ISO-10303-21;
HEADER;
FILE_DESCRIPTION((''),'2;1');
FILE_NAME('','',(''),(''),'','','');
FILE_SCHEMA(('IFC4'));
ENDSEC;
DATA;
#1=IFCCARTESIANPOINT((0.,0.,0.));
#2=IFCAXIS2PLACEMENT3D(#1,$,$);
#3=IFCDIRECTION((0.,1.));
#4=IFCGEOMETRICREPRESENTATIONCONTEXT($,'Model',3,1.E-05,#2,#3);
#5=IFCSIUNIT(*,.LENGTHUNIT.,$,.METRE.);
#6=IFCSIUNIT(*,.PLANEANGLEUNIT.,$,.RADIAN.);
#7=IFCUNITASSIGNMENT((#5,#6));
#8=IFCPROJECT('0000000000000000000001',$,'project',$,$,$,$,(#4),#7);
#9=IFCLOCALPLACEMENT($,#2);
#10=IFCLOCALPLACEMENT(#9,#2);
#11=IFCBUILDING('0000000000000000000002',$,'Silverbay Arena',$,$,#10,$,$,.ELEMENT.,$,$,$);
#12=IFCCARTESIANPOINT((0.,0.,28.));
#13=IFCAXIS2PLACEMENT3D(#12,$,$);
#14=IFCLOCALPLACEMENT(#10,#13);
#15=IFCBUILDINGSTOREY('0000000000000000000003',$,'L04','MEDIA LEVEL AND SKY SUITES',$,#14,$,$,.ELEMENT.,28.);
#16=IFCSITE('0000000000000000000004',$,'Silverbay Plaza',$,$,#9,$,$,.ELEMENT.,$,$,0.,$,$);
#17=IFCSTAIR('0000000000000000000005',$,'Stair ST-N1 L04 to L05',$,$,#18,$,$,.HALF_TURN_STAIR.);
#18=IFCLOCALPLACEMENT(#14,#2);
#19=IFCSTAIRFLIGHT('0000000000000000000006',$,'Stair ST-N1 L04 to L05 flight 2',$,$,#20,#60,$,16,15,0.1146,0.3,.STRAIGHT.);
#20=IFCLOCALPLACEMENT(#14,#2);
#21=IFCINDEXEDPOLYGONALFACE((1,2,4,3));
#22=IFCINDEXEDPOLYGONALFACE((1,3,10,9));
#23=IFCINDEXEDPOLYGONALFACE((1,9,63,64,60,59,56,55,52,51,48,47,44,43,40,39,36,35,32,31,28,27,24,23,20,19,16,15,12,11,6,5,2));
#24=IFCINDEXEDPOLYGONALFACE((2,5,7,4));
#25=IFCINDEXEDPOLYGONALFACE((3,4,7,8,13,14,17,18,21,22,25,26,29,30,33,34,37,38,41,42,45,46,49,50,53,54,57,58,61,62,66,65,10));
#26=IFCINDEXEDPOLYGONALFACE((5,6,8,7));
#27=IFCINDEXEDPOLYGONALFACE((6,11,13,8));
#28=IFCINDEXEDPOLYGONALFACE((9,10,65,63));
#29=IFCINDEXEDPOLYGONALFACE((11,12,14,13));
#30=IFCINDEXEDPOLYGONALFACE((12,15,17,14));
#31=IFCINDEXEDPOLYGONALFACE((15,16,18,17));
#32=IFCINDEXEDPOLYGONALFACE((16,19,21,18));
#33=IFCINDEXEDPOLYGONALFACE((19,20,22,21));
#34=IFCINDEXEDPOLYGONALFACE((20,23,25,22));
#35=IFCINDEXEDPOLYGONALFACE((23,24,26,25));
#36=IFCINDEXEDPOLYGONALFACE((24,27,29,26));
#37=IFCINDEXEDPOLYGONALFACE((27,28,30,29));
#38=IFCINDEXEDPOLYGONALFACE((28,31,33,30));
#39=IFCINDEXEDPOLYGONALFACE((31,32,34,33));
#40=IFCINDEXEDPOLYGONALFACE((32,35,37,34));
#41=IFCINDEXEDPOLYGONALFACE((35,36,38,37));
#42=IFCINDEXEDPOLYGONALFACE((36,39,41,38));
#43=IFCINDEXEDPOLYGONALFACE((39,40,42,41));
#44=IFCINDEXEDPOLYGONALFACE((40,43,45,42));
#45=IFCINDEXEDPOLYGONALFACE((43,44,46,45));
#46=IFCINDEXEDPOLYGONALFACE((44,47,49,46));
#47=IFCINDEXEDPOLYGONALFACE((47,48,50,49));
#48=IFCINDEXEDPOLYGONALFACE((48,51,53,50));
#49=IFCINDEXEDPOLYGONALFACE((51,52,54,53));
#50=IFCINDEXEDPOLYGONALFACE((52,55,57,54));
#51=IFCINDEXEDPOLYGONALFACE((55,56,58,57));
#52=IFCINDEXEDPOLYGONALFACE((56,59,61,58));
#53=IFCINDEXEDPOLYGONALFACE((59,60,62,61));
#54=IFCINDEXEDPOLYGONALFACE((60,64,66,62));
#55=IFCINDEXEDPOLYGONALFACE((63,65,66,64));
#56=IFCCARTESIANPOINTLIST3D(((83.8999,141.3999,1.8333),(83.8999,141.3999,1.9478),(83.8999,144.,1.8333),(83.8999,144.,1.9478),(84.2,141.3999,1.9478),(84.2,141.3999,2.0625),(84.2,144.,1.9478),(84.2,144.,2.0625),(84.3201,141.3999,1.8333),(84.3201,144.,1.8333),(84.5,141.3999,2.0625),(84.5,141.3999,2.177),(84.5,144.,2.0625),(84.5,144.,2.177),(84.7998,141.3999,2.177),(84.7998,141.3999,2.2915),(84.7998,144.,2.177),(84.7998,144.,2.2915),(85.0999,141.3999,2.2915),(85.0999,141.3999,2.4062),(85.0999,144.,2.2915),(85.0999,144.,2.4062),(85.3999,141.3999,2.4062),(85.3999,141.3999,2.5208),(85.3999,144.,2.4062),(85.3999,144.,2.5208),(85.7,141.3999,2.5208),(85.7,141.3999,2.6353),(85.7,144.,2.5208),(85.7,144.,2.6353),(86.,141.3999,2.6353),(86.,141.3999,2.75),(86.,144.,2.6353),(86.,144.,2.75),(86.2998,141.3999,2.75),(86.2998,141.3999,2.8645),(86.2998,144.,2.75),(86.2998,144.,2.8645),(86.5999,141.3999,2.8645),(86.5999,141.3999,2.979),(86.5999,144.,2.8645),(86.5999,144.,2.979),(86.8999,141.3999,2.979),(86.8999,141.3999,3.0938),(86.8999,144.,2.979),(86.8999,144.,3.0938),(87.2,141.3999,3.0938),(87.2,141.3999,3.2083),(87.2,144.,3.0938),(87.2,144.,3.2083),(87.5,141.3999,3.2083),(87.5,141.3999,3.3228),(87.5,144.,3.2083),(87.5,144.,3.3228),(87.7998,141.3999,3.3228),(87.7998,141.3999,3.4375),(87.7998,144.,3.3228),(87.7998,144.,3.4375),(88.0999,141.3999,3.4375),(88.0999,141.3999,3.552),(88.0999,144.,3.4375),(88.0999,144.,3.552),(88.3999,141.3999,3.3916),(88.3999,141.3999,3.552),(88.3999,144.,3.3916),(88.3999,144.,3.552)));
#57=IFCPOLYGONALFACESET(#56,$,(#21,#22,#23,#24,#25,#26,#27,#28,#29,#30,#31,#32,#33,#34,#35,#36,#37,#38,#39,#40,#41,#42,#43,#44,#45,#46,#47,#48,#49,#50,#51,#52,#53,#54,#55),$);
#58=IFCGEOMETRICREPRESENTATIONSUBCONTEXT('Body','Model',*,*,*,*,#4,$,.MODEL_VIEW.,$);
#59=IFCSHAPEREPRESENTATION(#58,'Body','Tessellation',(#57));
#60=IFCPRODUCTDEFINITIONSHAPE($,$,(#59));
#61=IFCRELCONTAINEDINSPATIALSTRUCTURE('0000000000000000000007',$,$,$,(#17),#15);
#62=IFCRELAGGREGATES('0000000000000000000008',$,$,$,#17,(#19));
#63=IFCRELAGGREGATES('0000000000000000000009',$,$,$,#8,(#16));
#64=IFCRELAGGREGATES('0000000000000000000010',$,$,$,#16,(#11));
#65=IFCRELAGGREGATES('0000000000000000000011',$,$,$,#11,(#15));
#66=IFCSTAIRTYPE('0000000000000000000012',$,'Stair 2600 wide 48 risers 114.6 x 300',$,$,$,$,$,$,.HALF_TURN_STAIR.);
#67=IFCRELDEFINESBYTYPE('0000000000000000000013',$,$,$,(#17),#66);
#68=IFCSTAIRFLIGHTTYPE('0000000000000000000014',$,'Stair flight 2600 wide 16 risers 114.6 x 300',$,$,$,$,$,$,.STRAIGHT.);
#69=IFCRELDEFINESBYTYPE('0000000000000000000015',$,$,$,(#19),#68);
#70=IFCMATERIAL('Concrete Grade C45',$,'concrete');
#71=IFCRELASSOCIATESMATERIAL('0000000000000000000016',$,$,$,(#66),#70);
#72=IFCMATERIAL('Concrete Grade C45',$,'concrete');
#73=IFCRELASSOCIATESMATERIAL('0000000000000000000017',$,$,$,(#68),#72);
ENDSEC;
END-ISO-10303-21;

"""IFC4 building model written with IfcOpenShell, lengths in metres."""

from ifc_helpers import new_model, si_unit, direction, frame, origin, place, context, subcontext, project, spatial, polyline, outline, extrude, material, type_object, element, aggregate, save


model = new_model("IFC4")

# Units and contexts
model_context = context("Model", 3, precision=1e-05, world=origin(), true_north=direction((0.0, 1.0)))
body_context = subcontext(model_context, "Body", "Model", "MODEL_VIEW")
ifc_project = project(units=[si_unit("LENGTHUNIT", "METRE"), si_unit("PLANEANGLEUNIT", "RADIAN")], contexts=[model_context])

# Site, building, storey
site_placement = place(None, origin())
site = spatial("IfcSite", under=ifc_project, at=site_placement, Name="Silverbay Plaza", CompositionType="ELEMENT", RefElevation=0.0)
building_placement = place(site_placement, origin())
building = spatial("IfcBuilding", under=site, at=building_placement, Name="Silverbay Arena", CompositionType="ELEMENT")
storey_placement = place(building_placement, frame((0.0, 0.0, 28.0)))
storey = spatial("IfcBuildingStorey", under=building, at=storey_placement, Name="L04", Description="MEDIA LEVEL AND SKY SUITES", CompositionType="ELEMENT", Elevation=28.0)

# Stair, stair flight
ifc_material_1 = material(Name="Concrete Grade C45", Category="concrete")
stair_type = type_object("IfcStairType", Name="Stair 2600 wide 48 risers 114.6 x 300", PredefinedType="HALF_TURN_STAIR", material=ifc_material_1)
stair_placement = place(storey_placement, origin())
stair = element("IfcStair", 1, at=stair_placement, inside=storey, type_object=stair_type, Name="Stair ST-N1 L04 to L05", PredefinedType="HALF_TURN_STAIR")
ifc_material_2 = material(Name="Concrete Grade C45", Category="concrete")
stair_flight_type = type_object("IfcStairFlightType", Name="Stair flight 2600 wide 16 risers 114.6 x 300", PredefinedType="STRAIGHT", material=ifc_material_2)
stair_flight_placement = place(storey_placement, frame((83.8999, 142.7, 1.8333), z_axis=(0.0, 0.0, 1.0), x_axis=(1.0, 0.0, 0.0)))
stair_flight = element("IfcStairFlight", 2, at=stair_flight_placement, type_object=stair_flight_type, Name="Stair ST-N1 L04 to L05 flight 2", NumberOfRisers=16, NumberOfTreads=15, PredefinedType="STRAIGHT", RiserHeight=0.1146, TreadLength=0.3, context=body_context, shape_type="SweptSolid", body=[
    extrude(outline(polyline([(0.0, 0.0), (0.0, 0.1145), (0.3, 0.1145), (0.3, 0.2292), (0.6001, 0.2292), (0.6001, 0.3438), (0.8999, 0.3438), (0.8999, 0.4583), (1.2, 0.4583), (1.2, 0.573), (1.5, 0.573), (1.5, 0.6875), (1.8, 0.6875), (1.8, 0.802), (2.1001, 0.802), (2.1001, 0.9167), (2.3999, 0.9167), (2.3999, 1.0312), (2.7, 1.0312), (2.7, 1.1458), (3.0, 1.1458), (3.0, 1.2605), (3.3, 1.2605), (3.3, 1.375), (3.6001, 1.375), (3.6001, 1.4895), (3.8999, 1.4895), (3.8999, 1.6042), (4.2, 1.6042), (4.2, 1.7188), (4.5, 1.7188), (4.5, 1.5583), (0.4202, 0.0), (0.0, 0.0)])), frame((0.0, 1.3, 0.0), z_axis=(0.0, -1.0, 0.0), x_axis=(1.0, 0.0, 0.0)), (0.0, 0.0, 1.0), 2.6001),
])
aggregate(stair, [stair_flight])

save(model, "model.ifc")
